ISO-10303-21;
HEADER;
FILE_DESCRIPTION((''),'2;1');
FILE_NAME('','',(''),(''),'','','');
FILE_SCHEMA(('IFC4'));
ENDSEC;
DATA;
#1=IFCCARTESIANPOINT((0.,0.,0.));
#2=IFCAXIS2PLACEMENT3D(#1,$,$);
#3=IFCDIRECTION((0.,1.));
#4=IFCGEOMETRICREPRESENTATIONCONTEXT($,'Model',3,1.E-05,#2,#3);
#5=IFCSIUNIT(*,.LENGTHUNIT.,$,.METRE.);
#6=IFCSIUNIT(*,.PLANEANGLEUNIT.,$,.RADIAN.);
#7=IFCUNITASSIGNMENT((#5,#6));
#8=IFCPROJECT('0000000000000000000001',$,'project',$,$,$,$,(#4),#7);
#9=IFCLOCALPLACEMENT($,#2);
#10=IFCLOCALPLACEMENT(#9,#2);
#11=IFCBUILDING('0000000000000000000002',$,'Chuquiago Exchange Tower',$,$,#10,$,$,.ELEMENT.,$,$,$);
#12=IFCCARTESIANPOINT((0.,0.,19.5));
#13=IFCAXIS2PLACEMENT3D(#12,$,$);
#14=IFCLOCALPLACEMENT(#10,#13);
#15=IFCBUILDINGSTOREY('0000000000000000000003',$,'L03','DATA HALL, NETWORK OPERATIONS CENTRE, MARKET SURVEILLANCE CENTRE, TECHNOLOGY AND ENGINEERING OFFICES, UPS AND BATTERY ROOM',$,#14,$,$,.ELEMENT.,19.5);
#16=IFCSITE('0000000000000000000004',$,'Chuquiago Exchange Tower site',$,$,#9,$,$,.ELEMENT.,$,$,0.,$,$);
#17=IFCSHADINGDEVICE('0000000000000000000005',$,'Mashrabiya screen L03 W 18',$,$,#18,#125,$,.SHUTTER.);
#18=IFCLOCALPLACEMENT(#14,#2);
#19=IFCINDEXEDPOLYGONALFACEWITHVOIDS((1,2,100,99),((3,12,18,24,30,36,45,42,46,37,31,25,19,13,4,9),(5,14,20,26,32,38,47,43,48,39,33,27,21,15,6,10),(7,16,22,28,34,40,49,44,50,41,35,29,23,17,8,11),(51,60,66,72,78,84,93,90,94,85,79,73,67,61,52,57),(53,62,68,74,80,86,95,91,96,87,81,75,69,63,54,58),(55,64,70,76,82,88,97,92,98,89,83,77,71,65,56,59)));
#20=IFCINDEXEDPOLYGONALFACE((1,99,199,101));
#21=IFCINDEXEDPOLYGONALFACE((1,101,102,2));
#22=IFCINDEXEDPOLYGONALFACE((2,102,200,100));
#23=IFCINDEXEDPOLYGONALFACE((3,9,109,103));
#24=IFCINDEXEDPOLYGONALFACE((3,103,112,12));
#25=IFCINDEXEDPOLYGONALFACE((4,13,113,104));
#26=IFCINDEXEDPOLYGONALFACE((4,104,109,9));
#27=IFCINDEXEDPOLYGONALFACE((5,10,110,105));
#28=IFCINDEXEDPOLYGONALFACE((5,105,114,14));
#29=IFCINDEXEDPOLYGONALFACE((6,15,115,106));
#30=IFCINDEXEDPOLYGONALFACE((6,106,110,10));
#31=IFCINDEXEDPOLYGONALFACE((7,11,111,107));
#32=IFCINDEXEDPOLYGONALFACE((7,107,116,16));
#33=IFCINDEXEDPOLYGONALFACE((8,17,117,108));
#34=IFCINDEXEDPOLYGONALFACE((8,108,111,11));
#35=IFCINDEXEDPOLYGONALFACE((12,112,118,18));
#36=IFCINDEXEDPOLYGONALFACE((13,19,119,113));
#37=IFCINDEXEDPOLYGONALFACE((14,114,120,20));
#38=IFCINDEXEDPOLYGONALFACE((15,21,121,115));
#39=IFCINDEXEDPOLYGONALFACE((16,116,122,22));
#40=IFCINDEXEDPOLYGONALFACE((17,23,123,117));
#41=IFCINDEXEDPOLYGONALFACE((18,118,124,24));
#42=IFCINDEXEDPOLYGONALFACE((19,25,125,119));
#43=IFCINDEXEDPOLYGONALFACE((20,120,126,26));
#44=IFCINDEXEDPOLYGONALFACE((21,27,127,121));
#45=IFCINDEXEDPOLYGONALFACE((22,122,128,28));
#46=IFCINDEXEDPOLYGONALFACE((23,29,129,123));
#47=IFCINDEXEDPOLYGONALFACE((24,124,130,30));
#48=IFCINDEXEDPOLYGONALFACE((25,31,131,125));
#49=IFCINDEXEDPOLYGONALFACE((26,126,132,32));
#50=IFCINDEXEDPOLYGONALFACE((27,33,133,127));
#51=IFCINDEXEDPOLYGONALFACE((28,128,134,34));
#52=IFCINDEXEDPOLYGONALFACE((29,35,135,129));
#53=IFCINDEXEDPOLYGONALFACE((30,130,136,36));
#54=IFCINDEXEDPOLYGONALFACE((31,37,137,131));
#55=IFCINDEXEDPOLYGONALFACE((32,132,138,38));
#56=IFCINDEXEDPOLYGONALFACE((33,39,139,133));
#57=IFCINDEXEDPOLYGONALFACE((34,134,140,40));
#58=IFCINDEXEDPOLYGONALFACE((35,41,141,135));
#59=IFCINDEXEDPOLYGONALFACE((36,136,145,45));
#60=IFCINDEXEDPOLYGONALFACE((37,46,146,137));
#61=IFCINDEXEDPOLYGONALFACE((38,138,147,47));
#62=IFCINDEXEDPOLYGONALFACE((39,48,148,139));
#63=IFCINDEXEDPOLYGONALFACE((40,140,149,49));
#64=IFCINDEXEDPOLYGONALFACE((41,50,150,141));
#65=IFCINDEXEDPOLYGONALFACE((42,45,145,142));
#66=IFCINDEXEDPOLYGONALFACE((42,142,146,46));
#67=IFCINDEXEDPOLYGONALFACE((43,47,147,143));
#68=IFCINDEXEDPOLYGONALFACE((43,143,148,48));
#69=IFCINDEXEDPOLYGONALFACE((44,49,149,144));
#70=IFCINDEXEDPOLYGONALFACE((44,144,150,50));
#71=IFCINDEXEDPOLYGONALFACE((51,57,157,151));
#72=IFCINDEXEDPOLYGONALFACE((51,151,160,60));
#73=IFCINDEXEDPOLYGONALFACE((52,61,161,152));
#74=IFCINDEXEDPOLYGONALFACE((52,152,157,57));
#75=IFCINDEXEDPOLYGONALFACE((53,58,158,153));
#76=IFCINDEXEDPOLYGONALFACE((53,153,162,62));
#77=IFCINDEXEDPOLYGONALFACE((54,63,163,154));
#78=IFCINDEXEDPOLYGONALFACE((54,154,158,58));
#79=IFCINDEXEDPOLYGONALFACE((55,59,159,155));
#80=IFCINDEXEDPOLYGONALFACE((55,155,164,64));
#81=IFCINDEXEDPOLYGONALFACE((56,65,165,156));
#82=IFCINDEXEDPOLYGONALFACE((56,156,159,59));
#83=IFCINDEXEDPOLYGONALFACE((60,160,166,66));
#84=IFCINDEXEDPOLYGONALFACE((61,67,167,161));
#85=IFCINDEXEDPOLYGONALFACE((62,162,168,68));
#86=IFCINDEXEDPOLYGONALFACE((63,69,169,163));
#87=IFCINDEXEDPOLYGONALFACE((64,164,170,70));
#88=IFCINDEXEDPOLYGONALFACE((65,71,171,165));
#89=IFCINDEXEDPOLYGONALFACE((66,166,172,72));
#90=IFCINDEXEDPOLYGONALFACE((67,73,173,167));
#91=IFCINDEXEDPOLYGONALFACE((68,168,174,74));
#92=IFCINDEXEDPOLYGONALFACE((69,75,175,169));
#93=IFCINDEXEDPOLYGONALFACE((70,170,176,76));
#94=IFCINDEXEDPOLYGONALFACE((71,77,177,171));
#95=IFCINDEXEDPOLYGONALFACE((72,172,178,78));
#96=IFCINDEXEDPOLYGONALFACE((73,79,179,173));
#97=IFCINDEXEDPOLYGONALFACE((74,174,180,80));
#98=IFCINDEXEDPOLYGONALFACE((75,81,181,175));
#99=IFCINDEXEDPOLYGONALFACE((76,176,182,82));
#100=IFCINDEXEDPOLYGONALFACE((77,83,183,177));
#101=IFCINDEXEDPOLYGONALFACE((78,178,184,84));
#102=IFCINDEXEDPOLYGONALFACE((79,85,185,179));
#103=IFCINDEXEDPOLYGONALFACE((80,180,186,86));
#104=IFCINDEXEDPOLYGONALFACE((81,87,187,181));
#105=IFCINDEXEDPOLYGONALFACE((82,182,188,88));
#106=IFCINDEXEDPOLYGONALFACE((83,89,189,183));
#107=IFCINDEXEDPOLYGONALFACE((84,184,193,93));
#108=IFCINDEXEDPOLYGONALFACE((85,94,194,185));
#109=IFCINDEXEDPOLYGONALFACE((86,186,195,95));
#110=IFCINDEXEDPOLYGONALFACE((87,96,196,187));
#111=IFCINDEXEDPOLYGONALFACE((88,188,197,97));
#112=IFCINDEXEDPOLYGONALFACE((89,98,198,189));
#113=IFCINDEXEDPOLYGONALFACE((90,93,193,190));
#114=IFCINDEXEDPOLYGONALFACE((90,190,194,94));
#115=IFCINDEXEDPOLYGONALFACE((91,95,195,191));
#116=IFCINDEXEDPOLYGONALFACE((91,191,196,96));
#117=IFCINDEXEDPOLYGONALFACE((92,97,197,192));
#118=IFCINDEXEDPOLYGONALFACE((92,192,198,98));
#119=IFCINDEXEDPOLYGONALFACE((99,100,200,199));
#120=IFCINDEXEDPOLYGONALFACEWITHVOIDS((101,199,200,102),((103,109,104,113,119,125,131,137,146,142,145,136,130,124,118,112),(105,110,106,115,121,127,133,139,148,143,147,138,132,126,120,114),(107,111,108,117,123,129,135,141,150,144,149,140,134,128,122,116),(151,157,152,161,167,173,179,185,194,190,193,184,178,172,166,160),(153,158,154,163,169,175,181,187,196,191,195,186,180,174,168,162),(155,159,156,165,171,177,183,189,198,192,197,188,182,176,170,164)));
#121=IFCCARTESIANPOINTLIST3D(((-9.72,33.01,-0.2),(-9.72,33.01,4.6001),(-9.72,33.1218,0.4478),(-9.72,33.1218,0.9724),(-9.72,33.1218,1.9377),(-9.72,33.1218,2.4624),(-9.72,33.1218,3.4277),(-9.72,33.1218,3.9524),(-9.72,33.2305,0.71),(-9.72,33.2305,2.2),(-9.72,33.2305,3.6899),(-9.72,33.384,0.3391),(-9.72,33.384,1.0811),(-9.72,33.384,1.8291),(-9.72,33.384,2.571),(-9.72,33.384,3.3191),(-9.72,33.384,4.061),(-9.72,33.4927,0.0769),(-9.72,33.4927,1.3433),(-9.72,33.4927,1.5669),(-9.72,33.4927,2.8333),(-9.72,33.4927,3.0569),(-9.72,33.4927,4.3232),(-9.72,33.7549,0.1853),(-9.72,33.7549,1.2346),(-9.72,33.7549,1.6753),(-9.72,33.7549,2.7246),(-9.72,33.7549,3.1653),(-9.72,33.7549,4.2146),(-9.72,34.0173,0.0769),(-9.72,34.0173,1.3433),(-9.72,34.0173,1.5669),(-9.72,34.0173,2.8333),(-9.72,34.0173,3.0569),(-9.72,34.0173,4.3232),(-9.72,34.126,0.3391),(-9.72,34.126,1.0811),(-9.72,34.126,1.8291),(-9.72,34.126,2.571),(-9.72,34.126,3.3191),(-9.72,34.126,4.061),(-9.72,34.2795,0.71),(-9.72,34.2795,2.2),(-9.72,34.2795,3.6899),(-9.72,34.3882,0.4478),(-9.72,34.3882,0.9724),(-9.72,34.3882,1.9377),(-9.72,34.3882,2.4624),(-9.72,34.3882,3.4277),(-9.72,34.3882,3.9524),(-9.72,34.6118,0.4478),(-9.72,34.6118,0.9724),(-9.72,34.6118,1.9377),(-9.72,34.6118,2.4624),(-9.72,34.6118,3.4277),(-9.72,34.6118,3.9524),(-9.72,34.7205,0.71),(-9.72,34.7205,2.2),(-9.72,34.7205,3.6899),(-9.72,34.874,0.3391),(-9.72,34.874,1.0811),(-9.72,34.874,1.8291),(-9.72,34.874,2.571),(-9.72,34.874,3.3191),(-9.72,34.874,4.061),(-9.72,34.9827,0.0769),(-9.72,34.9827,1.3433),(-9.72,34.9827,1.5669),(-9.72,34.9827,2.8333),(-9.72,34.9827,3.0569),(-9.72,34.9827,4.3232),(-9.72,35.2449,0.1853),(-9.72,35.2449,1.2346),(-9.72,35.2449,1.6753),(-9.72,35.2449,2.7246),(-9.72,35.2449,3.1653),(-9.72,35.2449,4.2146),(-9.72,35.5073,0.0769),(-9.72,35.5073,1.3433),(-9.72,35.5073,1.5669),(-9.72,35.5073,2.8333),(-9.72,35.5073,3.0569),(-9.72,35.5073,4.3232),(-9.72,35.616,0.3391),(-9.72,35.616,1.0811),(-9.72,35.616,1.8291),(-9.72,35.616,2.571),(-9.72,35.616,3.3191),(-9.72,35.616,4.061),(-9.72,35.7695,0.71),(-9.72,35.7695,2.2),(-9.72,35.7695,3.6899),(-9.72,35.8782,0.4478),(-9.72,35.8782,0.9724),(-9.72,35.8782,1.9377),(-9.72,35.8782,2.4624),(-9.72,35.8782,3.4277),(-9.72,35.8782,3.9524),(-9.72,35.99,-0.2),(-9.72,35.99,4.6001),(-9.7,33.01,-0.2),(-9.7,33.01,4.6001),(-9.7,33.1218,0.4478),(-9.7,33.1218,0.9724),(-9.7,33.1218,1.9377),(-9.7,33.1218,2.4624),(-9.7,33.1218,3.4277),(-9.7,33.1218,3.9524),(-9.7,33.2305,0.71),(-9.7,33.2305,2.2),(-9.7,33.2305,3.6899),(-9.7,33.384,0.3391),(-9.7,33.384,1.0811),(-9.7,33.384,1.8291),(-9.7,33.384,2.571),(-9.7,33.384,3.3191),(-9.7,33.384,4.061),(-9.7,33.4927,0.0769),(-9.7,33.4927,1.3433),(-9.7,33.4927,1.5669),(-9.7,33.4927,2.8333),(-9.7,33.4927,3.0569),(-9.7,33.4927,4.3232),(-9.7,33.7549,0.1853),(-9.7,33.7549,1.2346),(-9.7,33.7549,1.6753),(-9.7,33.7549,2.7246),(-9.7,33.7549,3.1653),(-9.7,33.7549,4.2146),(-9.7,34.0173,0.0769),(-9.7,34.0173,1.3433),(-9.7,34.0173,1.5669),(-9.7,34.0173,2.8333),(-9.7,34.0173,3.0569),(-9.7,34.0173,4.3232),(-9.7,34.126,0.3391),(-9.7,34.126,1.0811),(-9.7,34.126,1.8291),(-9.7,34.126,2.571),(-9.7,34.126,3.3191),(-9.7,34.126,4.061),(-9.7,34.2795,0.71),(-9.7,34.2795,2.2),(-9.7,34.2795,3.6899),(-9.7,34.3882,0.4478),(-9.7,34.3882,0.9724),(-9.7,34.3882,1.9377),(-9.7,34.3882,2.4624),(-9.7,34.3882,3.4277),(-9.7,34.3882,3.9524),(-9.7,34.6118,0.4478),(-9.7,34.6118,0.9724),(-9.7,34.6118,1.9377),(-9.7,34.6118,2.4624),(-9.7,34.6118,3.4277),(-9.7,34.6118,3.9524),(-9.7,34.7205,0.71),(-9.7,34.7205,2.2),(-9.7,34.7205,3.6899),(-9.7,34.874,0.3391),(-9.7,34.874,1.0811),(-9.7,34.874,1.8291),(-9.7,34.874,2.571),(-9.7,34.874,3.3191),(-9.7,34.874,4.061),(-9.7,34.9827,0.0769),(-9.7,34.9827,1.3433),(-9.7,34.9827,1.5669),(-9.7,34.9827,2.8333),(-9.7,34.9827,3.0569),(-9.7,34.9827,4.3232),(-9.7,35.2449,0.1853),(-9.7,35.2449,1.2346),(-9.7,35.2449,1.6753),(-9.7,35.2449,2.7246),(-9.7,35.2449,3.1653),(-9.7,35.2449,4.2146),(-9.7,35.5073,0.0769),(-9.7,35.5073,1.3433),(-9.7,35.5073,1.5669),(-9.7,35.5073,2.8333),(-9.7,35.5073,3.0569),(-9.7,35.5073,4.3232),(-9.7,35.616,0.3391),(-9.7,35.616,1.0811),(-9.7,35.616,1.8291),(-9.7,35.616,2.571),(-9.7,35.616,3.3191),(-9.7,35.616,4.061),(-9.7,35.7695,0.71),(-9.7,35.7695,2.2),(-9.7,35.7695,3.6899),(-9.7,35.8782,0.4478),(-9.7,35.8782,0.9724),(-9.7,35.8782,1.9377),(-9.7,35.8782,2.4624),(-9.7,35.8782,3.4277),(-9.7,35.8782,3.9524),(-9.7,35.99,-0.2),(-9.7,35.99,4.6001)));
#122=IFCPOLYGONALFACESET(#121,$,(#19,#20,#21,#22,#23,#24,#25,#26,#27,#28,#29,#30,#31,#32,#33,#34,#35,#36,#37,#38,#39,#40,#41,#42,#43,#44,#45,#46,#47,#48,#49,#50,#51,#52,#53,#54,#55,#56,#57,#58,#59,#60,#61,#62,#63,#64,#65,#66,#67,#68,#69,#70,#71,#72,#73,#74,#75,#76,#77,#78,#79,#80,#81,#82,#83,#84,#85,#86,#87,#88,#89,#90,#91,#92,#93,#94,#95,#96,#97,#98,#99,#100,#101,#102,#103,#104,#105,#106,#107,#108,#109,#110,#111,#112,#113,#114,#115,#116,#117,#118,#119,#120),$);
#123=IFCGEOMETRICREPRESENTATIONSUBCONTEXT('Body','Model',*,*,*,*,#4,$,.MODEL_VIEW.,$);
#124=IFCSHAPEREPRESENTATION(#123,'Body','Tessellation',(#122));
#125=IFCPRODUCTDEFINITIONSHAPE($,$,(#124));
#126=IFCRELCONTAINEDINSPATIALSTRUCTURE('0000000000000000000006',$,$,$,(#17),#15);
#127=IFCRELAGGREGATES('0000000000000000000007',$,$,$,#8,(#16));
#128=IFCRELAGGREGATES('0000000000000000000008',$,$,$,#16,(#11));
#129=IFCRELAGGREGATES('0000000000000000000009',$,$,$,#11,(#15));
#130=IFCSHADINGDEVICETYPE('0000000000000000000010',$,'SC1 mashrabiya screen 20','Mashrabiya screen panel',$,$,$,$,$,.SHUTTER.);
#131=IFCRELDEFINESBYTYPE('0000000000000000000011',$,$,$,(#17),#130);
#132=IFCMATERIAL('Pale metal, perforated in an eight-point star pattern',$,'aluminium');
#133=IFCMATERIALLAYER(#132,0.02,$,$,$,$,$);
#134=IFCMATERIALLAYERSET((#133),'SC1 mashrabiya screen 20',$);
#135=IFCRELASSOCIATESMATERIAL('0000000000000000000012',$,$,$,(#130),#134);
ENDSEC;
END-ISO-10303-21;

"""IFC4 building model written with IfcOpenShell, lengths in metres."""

from ifc_helpers import new_model, si_unit, direction, frame, origin, place, context, subcontext, project, spatial, polyline, outline, extrude, material, layer, layer_set, type_object, element, save


model = new_model("IFC4")

# Units and contexts
model_context = context("Model", 3, precision=1e-05, world=origin(), true_north=direction((0.0, 1.0)))
body_context = subcontext(model_context, "Body", "Model", "MODEL_VIEW")
ifc_project = project(units=[si_unit("LENGTHUNIT", "METRE"), si_unit("PLANEANGLEUNIT", "RADIAN")], contexts=[model_context])

# Site, building, storey
site_placement = place(None, origin())
site = spatial("IfcSite", under=ifc_project, at=site_placement, Name="Chuquiago Exchange Tower site", CompositionType="ELEMENT", RefElevation=0.0)
building_placement = place(site_placement, origin())
building = spatial("IfcBuilding", under=site, at=building_placement, Name="Chuquiago Exchange Tower", CompositionType="ELEMENT")
storey_placement = place(building_placement, frame((0.0, 0.0, 19.5)))
storey = spatial("IfcBuildingStorey", under=building, at=storey_placement, Name="L03", Description="DATA HALL, NETWORK OPERATIONS CENTRE, MARKET SURVEILLANCE CENTRE, TECHNOLOGY AND ENGINEERING OFFICES, UPS AND BATTERY ROOM", CompositionType="ELEMENT", Elevation=19.5)

# Shading device
ifc_material_1 = material(Name="Pale metal, perforated in an eight-point star pattern", Category="aluminium")
ifc_layer_1 = layer(ifc_material_1, 0.02)
ifc_layer_set_1 = layer_set([ifc_layer_1], Name="SC1 mashrabiya screen 20")
shading_device_type = type_object("IfcShadingDeviceType", Name="SC1 mashrabiya screen 20", Description="Mashrabiya screen panel", PredefinedType="SHUTTER", material=ifc_layer_set_1)
shading_device_1_placement = place(storey_placement, frame((-9.7, 35.99, -0.2), z_axis=(0.0, 0.0, 1.0), x_axis=(0.0, -1.0, 0.0)))
element("IfcShadingDevice", 1, at=shading_device_1_placement, inside=storey, type_object=shading_device_type, Name="Mashrabiya screen L03 W 18", PredefinedType="SHUTTER", context=body_context, shape_type="SweptSolid", body=[
    extrude(outline(polyline([(0.0, 0.0), (2.98, 0.0), (2.98, 4.8), (0.0, 4.8), (0.0, 0.0)]), holes=[polyline([(1.2695, 0.9099), (1.3782, 1.1724), (1.116, 1.281), (1.0073, 1.5432), (0.7451, 1.4346), (0.4827, 1.5432), (0.374, 1.281), (0.1118, 1.1724), (0.2205, 0.9099), (0.1118, 0.6477), (0.374, 0.5391), (0.4827, 0.2769), (0.7451, 0.3853), (1.0073, 0.2769), (1.116, 0.5391), (1.3782, 0.6477), (1.2695, 0.9099)]), polyline([(2.7595, 0.9099), (2.8682, 1.1724), (2.606, 1.281), (2.4973, 1.5432), (2.2351, 1.4346), (1.9727, 1.5432), (1.864, 1.281), (1.6018, 1.1724), (1.7104, 0.9099), (1.6018, 0.6477), (1.864, 0.5391), (1.9727, 0.2769), (2.2351, 0.3853), (2.4973, 0.2769), (2.606, 0.5391), (2.8682, 0.6477), (2.7595, 0.9099)]), polyline([(1.2695, 2.3999), (1.3782, 2.6624), (1.116, 2.771), (1.0073, 3.0332), (0.7451, 2.9246), (0.4827, 3.0332), (0.374, 2.771), (0.1118, 2.6624), (0.2205, 2.3999), (0.1118, 2.1377), (0.374, 2.0291), (0.4827, 1.7668), (0.7451, 1.8752), (1.0073, 1.7668), (1.116, 2.0291), (1.3782, 2.1377), (1.2695, 2.3999)]), polyline([(2.7595, 2.3999), (2.8682, 2.6624), (2.606, 2.771), (2.4973, 3.0332), (2.2351, 2.9246), (1.9727, 3.0332), (1.864, 2.771), (1.6018, 2.6624), (1.7104, 2.3999), (1.6018, 2.1377), (1.864, 2.0291), (1.9727, 1.7668), (2.2351, 1.8752), (2.4973, 1.7668), (2.606, 2.0291), (2.8682, 2.1377), (2.7595, 2.3999)]), polyline([(1.2695, 3.8899), (1.3782, 4.1523), (1.116, 4.261), (1.0073, 4.5232), (0.7451, 4.4146), (0.4827, 4.5232), (0.374, 4.261), (0.1118, 4.1523), (0.2205, 3.8899), (0.1118, 3.6277), (0.374, 3.519), (0.4827, 3.2568), (0.7451, 3.3652), (1.0073, 3.2568), (1.116, 3.519), (1.3782, 3.6277), (1.2695, 3.8899)]), polyline([(2.7595, 3.8899), (2.8682, 4.1523), (2.606, 4.261), (2.4973, 4.5232), (2.2351, 4.4146), (1.9727, 4.5232), (1.864, 4.261), (1.6018, 4.1523), (1.7104, 3.8899), (1.6018, 3.6277), (1.864, 3.519), (1.9727, 3.2568), (2.2351, 3.3652), (2.4973, 3.2568), (2.606, 3.519), (2.8682, 3.6277), (2.7595, 3.8899)])]), frame((0.0, 0.0, 0.0), z_axis=(0.0, -1.0, 0.0), x_axis=(1.0, 0.0, 0.0)), (0.0, 0.0, 1.0), 0.02),
])

save(model, "model.ifc")
